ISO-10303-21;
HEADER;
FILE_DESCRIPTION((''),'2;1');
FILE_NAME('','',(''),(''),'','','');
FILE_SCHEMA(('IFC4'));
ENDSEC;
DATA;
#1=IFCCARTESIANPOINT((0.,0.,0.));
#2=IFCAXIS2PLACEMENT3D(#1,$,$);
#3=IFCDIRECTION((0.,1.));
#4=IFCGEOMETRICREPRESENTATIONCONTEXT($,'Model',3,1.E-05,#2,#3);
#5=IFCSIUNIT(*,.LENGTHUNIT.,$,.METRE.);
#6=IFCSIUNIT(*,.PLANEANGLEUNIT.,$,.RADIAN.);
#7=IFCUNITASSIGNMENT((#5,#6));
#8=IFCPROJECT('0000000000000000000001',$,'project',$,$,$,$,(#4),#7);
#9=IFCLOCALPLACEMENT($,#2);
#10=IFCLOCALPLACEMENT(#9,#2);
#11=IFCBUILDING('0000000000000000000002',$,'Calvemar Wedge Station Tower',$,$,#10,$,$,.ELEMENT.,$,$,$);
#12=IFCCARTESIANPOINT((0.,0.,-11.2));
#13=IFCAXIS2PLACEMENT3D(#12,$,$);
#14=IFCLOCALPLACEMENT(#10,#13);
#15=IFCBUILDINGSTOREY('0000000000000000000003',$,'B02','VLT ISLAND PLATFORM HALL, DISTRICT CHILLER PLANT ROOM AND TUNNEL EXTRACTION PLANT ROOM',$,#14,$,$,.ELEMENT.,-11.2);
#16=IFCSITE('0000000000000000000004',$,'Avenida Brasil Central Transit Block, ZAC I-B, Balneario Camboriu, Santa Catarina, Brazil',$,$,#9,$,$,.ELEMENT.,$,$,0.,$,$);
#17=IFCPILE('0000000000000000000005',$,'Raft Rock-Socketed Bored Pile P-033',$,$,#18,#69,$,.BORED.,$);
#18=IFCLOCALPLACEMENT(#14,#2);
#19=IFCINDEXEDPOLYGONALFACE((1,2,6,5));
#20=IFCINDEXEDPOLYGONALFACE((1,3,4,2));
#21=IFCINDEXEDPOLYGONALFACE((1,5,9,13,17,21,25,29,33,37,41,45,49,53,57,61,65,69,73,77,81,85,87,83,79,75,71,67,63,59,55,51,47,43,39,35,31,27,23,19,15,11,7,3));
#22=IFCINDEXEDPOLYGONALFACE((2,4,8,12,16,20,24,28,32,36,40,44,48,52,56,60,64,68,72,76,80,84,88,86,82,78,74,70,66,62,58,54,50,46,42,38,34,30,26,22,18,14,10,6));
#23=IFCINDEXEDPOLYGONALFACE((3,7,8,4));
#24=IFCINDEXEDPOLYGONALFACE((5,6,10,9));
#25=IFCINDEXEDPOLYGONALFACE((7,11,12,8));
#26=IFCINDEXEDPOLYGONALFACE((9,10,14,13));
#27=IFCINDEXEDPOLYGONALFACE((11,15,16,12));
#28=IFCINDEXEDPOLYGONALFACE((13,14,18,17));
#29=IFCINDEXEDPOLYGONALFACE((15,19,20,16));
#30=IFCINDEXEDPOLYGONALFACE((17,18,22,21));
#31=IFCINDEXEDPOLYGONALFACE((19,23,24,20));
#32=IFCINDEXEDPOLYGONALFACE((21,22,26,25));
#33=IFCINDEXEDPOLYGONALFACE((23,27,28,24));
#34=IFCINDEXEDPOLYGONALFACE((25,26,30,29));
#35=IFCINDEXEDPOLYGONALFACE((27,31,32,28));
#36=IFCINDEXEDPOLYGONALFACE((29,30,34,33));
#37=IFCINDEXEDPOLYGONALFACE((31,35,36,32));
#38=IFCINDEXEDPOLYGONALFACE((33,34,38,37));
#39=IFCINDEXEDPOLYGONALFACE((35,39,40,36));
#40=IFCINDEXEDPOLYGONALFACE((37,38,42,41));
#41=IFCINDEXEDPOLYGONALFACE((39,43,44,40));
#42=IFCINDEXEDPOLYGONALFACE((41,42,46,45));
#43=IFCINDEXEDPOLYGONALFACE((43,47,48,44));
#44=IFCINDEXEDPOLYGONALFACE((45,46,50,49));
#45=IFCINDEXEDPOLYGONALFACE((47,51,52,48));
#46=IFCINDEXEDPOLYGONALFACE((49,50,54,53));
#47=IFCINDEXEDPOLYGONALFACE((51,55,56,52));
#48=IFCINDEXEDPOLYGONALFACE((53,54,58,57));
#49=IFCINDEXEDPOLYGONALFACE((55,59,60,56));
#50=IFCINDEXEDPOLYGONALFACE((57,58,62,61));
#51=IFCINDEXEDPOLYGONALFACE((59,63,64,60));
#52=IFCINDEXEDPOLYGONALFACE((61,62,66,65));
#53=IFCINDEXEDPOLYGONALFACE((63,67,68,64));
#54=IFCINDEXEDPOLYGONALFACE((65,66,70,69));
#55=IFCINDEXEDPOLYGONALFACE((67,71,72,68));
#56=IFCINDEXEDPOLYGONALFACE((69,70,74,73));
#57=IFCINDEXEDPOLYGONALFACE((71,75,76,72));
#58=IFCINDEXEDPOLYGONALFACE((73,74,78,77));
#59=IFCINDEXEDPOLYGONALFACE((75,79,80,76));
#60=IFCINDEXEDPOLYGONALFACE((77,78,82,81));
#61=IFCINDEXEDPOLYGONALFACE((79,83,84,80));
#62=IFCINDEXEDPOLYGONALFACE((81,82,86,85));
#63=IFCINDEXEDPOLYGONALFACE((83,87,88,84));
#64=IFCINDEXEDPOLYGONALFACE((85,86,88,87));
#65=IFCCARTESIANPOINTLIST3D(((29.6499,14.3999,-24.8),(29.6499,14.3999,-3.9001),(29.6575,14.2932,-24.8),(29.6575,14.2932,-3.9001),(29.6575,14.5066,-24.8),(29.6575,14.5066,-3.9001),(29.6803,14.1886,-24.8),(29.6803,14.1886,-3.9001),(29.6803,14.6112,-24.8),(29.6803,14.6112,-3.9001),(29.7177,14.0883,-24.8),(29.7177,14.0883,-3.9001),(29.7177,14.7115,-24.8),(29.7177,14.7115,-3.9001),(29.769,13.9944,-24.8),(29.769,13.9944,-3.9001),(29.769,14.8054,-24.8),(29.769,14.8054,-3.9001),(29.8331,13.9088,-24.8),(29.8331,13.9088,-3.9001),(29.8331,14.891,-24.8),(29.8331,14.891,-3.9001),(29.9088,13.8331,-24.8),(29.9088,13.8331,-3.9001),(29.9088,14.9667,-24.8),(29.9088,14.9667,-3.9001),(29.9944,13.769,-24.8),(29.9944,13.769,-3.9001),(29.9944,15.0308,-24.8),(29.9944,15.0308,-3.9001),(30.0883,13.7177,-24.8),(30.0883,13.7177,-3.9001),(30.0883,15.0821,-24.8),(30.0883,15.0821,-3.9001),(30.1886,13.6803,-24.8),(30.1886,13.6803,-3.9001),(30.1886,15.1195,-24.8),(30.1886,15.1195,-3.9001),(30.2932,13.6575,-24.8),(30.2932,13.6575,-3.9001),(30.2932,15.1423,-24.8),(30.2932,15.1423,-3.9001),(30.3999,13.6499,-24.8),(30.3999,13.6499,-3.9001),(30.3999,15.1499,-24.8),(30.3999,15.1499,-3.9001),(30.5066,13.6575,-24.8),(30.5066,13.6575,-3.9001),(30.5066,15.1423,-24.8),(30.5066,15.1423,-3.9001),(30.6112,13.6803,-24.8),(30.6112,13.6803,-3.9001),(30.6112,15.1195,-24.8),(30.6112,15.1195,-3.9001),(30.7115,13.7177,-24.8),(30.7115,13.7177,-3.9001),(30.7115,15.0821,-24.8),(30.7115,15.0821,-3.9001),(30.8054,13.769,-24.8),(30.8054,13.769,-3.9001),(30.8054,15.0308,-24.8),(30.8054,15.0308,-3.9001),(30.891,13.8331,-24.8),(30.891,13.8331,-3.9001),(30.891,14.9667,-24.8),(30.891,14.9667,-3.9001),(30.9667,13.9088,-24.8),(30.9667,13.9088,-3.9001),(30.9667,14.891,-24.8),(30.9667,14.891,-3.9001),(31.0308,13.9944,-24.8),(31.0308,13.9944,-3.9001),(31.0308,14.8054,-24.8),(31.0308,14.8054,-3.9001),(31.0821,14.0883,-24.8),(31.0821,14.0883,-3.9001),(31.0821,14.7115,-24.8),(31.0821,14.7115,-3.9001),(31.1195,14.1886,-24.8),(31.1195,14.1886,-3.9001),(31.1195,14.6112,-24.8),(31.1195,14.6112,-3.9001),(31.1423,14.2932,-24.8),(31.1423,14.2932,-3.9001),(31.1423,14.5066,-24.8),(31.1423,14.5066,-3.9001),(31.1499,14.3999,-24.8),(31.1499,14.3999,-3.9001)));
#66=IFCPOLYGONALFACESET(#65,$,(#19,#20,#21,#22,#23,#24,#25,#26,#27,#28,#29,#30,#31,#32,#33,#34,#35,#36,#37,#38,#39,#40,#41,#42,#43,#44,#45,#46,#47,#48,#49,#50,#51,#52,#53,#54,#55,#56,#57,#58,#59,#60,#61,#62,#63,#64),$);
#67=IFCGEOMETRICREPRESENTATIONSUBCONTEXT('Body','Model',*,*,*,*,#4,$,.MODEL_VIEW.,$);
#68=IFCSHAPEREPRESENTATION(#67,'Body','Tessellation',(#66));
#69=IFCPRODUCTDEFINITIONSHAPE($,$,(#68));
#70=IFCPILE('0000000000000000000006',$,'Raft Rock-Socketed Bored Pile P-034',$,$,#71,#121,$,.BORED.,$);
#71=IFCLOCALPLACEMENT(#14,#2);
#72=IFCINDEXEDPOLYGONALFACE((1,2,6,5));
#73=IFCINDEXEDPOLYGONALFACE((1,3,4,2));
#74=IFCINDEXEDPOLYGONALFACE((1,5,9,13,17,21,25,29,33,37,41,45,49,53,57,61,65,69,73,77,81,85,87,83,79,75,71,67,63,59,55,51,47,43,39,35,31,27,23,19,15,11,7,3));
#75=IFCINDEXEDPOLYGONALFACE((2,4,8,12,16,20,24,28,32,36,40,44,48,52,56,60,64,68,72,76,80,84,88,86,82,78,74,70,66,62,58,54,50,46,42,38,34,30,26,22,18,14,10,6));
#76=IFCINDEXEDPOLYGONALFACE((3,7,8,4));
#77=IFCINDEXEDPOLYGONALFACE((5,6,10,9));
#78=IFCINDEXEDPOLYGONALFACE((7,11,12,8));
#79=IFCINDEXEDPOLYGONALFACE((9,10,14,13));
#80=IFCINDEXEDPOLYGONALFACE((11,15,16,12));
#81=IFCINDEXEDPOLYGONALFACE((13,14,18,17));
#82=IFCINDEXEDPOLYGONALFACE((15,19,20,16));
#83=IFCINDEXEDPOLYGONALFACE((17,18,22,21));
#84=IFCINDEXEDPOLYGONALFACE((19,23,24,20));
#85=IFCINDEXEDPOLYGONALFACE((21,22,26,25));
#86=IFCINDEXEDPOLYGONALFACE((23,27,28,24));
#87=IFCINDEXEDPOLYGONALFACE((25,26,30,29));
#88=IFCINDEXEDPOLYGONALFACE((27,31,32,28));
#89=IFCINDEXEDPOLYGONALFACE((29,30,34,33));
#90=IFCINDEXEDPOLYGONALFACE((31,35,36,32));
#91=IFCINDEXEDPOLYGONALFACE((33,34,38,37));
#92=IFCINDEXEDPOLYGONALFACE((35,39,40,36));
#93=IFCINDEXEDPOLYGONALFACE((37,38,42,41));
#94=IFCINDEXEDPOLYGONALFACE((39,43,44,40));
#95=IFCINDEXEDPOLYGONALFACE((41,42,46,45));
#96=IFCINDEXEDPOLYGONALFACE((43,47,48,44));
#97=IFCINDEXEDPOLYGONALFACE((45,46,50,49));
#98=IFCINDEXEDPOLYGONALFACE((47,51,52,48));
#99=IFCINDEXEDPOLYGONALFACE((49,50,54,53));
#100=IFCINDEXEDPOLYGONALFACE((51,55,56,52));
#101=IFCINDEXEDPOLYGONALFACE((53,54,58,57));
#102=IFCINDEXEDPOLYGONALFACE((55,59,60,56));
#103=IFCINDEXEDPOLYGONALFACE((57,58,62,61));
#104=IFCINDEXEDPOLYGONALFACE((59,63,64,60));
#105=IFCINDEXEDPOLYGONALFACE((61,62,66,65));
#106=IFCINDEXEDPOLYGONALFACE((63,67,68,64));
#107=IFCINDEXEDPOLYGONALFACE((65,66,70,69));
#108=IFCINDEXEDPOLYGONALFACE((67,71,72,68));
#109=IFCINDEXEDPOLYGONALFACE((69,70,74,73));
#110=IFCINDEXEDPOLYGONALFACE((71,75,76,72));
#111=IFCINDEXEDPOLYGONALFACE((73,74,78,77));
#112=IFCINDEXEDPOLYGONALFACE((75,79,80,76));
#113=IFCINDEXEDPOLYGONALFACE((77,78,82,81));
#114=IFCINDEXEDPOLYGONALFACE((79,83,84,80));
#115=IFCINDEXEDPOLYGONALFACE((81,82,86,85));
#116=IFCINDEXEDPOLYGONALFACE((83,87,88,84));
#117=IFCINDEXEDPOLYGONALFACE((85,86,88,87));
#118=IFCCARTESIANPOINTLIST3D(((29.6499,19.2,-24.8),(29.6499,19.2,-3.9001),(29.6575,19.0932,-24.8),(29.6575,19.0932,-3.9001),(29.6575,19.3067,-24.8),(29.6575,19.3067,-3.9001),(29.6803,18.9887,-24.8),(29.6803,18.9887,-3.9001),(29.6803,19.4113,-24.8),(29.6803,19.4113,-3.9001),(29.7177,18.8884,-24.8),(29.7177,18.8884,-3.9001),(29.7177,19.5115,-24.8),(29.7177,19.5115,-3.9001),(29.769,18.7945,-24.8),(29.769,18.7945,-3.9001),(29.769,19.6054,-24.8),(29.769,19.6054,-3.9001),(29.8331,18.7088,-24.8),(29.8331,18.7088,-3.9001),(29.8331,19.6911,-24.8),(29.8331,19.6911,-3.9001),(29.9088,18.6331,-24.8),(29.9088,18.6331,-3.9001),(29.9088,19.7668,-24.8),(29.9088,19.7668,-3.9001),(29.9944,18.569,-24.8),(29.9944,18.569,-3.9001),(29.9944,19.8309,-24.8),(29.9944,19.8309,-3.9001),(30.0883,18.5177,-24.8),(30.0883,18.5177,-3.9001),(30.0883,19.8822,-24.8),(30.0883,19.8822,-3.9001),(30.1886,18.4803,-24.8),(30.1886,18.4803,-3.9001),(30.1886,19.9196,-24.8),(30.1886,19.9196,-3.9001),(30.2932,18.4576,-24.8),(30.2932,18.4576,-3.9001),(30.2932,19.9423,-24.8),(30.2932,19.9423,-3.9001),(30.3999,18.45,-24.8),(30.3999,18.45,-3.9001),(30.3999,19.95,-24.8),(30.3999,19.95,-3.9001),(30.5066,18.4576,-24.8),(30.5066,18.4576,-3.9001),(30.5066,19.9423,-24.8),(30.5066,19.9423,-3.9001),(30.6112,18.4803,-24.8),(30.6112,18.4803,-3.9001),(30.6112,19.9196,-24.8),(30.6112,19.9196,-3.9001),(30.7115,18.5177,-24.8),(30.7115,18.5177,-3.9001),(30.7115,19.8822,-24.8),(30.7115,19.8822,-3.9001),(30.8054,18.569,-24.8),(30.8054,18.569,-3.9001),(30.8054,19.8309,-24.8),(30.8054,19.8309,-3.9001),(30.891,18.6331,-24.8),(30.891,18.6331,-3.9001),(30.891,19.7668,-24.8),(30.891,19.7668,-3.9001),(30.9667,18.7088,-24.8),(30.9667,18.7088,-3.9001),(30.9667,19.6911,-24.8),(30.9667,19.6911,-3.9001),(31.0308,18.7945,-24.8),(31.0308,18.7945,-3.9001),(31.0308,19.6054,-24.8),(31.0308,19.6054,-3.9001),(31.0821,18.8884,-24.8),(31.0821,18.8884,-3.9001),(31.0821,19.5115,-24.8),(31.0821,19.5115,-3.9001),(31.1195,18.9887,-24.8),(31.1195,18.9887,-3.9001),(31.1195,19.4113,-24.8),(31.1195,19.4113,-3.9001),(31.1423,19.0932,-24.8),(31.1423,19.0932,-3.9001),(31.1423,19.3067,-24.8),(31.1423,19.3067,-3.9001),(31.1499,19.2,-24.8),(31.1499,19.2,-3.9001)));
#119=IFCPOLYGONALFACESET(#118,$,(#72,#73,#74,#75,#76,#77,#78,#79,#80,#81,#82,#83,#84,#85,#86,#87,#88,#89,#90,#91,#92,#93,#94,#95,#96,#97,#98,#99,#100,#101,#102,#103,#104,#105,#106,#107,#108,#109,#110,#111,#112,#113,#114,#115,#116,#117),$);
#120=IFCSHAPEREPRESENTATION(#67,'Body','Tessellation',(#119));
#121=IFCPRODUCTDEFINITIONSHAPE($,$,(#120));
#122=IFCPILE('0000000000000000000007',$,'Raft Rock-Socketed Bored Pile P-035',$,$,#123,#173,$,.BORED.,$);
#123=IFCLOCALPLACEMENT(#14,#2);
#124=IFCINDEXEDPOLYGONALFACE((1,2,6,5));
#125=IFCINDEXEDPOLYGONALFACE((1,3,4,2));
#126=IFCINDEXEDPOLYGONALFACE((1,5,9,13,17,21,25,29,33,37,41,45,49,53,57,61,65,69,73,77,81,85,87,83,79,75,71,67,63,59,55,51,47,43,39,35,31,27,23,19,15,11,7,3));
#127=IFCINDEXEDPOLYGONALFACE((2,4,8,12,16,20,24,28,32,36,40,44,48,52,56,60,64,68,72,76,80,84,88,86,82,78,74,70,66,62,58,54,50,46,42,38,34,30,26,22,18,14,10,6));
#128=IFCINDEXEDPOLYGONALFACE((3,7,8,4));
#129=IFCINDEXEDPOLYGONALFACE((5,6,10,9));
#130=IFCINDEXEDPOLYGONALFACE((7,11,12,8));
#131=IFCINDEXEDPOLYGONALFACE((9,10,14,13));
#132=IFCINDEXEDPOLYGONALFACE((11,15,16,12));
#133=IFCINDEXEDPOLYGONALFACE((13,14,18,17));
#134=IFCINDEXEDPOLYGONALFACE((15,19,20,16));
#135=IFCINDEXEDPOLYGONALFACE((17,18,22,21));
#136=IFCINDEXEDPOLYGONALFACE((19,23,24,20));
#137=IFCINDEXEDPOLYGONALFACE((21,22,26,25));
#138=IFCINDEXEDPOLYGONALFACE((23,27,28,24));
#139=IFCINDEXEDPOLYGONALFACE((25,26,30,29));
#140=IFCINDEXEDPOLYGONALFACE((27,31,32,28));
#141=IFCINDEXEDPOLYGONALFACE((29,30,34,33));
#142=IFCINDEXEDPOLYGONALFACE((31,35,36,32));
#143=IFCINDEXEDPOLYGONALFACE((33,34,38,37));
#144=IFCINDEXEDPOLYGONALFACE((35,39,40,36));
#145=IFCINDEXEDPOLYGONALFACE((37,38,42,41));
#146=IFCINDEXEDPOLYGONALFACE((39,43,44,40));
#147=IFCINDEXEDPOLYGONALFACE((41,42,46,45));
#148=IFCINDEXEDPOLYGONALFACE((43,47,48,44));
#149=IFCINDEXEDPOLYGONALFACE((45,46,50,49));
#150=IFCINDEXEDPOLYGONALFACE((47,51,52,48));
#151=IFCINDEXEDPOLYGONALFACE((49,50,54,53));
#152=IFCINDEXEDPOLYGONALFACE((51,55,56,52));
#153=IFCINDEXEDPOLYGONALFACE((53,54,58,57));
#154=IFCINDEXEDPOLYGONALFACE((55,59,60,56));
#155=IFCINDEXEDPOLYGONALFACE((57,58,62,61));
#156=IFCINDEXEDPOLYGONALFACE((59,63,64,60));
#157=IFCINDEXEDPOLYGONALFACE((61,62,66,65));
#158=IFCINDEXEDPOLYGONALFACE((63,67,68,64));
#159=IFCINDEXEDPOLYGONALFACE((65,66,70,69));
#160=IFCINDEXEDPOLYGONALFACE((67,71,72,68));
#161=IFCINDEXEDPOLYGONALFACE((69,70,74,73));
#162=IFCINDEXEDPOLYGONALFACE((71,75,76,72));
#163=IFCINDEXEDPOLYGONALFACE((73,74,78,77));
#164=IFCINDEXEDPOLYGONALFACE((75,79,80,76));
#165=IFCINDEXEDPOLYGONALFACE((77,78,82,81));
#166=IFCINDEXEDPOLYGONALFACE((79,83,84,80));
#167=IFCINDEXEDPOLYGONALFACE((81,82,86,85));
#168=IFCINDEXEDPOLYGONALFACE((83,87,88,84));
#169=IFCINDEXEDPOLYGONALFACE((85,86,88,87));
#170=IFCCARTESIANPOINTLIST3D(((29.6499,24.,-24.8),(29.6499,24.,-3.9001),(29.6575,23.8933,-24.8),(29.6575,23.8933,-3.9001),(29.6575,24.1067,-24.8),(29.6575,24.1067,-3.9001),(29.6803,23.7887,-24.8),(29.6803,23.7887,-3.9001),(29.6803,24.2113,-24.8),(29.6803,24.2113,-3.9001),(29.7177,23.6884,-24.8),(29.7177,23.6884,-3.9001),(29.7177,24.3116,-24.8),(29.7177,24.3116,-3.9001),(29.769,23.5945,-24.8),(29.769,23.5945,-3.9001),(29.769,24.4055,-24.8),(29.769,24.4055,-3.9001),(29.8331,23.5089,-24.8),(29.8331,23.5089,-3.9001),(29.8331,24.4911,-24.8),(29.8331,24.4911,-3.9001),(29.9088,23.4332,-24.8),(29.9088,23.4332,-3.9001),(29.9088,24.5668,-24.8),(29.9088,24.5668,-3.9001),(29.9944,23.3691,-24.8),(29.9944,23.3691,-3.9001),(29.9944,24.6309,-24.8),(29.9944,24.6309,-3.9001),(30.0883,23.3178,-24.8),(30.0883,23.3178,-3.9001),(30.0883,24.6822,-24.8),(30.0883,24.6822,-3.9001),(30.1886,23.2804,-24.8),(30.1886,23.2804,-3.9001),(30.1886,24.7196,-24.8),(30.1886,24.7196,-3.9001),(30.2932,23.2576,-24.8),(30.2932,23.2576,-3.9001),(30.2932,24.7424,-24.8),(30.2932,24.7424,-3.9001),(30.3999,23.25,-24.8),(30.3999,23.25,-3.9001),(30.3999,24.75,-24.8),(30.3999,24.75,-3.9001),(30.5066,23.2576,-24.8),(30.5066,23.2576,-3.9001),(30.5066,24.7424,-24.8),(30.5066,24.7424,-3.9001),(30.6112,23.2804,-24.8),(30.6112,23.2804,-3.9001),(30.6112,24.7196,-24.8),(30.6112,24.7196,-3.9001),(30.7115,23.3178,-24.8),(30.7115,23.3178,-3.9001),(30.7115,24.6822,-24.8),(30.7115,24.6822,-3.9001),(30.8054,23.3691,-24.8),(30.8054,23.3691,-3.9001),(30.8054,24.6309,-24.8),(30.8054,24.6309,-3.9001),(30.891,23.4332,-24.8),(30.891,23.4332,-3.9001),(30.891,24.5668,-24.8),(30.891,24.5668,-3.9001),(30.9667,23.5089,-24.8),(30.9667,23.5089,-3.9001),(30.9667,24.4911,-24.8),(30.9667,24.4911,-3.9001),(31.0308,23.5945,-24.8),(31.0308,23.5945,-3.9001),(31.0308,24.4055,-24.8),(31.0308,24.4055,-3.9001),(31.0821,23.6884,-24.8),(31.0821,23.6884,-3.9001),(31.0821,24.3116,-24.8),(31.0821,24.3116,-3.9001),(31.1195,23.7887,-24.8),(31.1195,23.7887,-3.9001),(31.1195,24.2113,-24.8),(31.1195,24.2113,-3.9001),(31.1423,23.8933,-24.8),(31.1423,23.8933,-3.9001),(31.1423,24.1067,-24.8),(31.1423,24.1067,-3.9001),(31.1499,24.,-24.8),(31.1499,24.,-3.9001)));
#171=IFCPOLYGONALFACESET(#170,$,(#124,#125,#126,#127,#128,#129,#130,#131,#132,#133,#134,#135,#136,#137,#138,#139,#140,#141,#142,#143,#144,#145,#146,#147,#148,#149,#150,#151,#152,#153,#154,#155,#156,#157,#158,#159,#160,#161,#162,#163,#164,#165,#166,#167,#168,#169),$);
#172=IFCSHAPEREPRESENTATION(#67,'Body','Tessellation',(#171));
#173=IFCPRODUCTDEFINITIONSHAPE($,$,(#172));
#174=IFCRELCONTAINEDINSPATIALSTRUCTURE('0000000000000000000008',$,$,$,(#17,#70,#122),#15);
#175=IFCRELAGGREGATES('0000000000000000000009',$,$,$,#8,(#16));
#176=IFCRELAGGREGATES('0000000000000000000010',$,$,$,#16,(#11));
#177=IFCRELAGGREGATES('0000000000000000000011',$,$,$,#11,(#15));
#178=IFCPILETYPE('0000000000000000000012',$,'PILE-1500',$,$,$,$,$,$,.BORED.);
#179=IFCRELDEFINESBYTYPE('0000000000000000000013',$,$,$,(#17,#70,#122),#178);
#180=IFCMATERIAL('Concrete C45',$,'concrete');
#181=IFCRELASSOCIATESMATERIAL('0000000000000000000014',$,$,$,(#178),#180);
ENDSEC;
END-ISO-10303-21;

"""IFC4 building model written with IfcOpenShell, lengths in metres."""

from ifc_helpers import new_model, si_unit, direction, frame, origin, origin_2d, place, context, subcontext, project, spatial, circle, extrude, material, material_profile, profile_set, type_object, element, save


model = new_model("IFC4")

# Units and contexts
model_context = context("Model", 3, precision=1e-05, world=origin(), true_north=direction((0.0, 1.0)))
body_context = subcontext(model_context, "Body", "Model", "MODEL_VIEW")
ifc_project = project(units=[si_unit("LENGTHUNIT", "METRE"), si_unit("PLANEANGLEUNIT", "RADIAN")], contexts=[model_context])

# Site, building, storey
site_placement = place(None, origin())
site = spatial("IfcSite", under=ifc_project, at=site_placement, Name="Avenida Brasil Central Transit Block, ZAC I-B, Balneario Camboriu, Santa Catarina, Brazil", CompositionType="ELEMENT", RefElevation=0.0)
building_placement = place(site_placement, origin())
building = spatial("IfcBuilding", under=site, at=building_placement, Name="Calvemar Wedge Station Tower", CompositionType="ELEMENT")
storey_placement = place(building_placement, frame((0.0, 0.0, -11.2)))
storey = spatial("IfcBuildingStorey", under=building, at=storey_placement, Name="B02", Description="VLT ISLAND PLATFORM HALL, DISTRICT CHILLER PLANT ROOM AND TUNNEL EXTRACTION PLANT ROOM", CompositionType="ELEMENT", Elevation=-11.2)

# Piles
ifc_material_1 = material(Name="Concrete C45", Category="concrete")
ifc_material_profile_1 = material_profile(ifc_material_1, circle(Radius=0.75, at=origin_2d()), Name="PILE-D1500")
ifc_profile_set_1 = profile_set([ifc_material_profile_1], Name="Concrete C45")
pile_type = type_object("IfcPileType", Name="PILE-1500", PredefinedType="BORED", material=ifc_profile_set_1)
for number, where, z_axis, x_axis, name in (
    (1, (30.3999, 14.3999, -3.9001), (0.0, 0.0, -1.0), (1.0, 0.0, 0.0), "Raft Rock-Socketed Bored Pile P-033"),
    (2, (30.3999, 19.2, -3.9001), (0.0, 0.0, -1.0), (1.0, 0.0, 0.0), "Raft Rock-Socketed Bored Pile P-034"),
    (3, (30.3999, 24.0, -3.9001), (0.0, 0.0, -1.0), (1.0, 0.0, 0.0), "Raft Rock-Socketed Bored Pile P-035"),
):
    element("IfcPile", number, at=place(storey_placement, frame(where, z_axis=z_axis, x_axis=x_axis)), inside=storey, type_object=pile_type, Name=name, PredefinedType="BORED", context=body_context, shape_type="SweptSolid", body=[
        extrude(circle(Radius=0.75, at=origin_2d()), origin(), (0.0, 0.0, 1.0), 20.8999),
    ])

save(model, "model.ifc")
